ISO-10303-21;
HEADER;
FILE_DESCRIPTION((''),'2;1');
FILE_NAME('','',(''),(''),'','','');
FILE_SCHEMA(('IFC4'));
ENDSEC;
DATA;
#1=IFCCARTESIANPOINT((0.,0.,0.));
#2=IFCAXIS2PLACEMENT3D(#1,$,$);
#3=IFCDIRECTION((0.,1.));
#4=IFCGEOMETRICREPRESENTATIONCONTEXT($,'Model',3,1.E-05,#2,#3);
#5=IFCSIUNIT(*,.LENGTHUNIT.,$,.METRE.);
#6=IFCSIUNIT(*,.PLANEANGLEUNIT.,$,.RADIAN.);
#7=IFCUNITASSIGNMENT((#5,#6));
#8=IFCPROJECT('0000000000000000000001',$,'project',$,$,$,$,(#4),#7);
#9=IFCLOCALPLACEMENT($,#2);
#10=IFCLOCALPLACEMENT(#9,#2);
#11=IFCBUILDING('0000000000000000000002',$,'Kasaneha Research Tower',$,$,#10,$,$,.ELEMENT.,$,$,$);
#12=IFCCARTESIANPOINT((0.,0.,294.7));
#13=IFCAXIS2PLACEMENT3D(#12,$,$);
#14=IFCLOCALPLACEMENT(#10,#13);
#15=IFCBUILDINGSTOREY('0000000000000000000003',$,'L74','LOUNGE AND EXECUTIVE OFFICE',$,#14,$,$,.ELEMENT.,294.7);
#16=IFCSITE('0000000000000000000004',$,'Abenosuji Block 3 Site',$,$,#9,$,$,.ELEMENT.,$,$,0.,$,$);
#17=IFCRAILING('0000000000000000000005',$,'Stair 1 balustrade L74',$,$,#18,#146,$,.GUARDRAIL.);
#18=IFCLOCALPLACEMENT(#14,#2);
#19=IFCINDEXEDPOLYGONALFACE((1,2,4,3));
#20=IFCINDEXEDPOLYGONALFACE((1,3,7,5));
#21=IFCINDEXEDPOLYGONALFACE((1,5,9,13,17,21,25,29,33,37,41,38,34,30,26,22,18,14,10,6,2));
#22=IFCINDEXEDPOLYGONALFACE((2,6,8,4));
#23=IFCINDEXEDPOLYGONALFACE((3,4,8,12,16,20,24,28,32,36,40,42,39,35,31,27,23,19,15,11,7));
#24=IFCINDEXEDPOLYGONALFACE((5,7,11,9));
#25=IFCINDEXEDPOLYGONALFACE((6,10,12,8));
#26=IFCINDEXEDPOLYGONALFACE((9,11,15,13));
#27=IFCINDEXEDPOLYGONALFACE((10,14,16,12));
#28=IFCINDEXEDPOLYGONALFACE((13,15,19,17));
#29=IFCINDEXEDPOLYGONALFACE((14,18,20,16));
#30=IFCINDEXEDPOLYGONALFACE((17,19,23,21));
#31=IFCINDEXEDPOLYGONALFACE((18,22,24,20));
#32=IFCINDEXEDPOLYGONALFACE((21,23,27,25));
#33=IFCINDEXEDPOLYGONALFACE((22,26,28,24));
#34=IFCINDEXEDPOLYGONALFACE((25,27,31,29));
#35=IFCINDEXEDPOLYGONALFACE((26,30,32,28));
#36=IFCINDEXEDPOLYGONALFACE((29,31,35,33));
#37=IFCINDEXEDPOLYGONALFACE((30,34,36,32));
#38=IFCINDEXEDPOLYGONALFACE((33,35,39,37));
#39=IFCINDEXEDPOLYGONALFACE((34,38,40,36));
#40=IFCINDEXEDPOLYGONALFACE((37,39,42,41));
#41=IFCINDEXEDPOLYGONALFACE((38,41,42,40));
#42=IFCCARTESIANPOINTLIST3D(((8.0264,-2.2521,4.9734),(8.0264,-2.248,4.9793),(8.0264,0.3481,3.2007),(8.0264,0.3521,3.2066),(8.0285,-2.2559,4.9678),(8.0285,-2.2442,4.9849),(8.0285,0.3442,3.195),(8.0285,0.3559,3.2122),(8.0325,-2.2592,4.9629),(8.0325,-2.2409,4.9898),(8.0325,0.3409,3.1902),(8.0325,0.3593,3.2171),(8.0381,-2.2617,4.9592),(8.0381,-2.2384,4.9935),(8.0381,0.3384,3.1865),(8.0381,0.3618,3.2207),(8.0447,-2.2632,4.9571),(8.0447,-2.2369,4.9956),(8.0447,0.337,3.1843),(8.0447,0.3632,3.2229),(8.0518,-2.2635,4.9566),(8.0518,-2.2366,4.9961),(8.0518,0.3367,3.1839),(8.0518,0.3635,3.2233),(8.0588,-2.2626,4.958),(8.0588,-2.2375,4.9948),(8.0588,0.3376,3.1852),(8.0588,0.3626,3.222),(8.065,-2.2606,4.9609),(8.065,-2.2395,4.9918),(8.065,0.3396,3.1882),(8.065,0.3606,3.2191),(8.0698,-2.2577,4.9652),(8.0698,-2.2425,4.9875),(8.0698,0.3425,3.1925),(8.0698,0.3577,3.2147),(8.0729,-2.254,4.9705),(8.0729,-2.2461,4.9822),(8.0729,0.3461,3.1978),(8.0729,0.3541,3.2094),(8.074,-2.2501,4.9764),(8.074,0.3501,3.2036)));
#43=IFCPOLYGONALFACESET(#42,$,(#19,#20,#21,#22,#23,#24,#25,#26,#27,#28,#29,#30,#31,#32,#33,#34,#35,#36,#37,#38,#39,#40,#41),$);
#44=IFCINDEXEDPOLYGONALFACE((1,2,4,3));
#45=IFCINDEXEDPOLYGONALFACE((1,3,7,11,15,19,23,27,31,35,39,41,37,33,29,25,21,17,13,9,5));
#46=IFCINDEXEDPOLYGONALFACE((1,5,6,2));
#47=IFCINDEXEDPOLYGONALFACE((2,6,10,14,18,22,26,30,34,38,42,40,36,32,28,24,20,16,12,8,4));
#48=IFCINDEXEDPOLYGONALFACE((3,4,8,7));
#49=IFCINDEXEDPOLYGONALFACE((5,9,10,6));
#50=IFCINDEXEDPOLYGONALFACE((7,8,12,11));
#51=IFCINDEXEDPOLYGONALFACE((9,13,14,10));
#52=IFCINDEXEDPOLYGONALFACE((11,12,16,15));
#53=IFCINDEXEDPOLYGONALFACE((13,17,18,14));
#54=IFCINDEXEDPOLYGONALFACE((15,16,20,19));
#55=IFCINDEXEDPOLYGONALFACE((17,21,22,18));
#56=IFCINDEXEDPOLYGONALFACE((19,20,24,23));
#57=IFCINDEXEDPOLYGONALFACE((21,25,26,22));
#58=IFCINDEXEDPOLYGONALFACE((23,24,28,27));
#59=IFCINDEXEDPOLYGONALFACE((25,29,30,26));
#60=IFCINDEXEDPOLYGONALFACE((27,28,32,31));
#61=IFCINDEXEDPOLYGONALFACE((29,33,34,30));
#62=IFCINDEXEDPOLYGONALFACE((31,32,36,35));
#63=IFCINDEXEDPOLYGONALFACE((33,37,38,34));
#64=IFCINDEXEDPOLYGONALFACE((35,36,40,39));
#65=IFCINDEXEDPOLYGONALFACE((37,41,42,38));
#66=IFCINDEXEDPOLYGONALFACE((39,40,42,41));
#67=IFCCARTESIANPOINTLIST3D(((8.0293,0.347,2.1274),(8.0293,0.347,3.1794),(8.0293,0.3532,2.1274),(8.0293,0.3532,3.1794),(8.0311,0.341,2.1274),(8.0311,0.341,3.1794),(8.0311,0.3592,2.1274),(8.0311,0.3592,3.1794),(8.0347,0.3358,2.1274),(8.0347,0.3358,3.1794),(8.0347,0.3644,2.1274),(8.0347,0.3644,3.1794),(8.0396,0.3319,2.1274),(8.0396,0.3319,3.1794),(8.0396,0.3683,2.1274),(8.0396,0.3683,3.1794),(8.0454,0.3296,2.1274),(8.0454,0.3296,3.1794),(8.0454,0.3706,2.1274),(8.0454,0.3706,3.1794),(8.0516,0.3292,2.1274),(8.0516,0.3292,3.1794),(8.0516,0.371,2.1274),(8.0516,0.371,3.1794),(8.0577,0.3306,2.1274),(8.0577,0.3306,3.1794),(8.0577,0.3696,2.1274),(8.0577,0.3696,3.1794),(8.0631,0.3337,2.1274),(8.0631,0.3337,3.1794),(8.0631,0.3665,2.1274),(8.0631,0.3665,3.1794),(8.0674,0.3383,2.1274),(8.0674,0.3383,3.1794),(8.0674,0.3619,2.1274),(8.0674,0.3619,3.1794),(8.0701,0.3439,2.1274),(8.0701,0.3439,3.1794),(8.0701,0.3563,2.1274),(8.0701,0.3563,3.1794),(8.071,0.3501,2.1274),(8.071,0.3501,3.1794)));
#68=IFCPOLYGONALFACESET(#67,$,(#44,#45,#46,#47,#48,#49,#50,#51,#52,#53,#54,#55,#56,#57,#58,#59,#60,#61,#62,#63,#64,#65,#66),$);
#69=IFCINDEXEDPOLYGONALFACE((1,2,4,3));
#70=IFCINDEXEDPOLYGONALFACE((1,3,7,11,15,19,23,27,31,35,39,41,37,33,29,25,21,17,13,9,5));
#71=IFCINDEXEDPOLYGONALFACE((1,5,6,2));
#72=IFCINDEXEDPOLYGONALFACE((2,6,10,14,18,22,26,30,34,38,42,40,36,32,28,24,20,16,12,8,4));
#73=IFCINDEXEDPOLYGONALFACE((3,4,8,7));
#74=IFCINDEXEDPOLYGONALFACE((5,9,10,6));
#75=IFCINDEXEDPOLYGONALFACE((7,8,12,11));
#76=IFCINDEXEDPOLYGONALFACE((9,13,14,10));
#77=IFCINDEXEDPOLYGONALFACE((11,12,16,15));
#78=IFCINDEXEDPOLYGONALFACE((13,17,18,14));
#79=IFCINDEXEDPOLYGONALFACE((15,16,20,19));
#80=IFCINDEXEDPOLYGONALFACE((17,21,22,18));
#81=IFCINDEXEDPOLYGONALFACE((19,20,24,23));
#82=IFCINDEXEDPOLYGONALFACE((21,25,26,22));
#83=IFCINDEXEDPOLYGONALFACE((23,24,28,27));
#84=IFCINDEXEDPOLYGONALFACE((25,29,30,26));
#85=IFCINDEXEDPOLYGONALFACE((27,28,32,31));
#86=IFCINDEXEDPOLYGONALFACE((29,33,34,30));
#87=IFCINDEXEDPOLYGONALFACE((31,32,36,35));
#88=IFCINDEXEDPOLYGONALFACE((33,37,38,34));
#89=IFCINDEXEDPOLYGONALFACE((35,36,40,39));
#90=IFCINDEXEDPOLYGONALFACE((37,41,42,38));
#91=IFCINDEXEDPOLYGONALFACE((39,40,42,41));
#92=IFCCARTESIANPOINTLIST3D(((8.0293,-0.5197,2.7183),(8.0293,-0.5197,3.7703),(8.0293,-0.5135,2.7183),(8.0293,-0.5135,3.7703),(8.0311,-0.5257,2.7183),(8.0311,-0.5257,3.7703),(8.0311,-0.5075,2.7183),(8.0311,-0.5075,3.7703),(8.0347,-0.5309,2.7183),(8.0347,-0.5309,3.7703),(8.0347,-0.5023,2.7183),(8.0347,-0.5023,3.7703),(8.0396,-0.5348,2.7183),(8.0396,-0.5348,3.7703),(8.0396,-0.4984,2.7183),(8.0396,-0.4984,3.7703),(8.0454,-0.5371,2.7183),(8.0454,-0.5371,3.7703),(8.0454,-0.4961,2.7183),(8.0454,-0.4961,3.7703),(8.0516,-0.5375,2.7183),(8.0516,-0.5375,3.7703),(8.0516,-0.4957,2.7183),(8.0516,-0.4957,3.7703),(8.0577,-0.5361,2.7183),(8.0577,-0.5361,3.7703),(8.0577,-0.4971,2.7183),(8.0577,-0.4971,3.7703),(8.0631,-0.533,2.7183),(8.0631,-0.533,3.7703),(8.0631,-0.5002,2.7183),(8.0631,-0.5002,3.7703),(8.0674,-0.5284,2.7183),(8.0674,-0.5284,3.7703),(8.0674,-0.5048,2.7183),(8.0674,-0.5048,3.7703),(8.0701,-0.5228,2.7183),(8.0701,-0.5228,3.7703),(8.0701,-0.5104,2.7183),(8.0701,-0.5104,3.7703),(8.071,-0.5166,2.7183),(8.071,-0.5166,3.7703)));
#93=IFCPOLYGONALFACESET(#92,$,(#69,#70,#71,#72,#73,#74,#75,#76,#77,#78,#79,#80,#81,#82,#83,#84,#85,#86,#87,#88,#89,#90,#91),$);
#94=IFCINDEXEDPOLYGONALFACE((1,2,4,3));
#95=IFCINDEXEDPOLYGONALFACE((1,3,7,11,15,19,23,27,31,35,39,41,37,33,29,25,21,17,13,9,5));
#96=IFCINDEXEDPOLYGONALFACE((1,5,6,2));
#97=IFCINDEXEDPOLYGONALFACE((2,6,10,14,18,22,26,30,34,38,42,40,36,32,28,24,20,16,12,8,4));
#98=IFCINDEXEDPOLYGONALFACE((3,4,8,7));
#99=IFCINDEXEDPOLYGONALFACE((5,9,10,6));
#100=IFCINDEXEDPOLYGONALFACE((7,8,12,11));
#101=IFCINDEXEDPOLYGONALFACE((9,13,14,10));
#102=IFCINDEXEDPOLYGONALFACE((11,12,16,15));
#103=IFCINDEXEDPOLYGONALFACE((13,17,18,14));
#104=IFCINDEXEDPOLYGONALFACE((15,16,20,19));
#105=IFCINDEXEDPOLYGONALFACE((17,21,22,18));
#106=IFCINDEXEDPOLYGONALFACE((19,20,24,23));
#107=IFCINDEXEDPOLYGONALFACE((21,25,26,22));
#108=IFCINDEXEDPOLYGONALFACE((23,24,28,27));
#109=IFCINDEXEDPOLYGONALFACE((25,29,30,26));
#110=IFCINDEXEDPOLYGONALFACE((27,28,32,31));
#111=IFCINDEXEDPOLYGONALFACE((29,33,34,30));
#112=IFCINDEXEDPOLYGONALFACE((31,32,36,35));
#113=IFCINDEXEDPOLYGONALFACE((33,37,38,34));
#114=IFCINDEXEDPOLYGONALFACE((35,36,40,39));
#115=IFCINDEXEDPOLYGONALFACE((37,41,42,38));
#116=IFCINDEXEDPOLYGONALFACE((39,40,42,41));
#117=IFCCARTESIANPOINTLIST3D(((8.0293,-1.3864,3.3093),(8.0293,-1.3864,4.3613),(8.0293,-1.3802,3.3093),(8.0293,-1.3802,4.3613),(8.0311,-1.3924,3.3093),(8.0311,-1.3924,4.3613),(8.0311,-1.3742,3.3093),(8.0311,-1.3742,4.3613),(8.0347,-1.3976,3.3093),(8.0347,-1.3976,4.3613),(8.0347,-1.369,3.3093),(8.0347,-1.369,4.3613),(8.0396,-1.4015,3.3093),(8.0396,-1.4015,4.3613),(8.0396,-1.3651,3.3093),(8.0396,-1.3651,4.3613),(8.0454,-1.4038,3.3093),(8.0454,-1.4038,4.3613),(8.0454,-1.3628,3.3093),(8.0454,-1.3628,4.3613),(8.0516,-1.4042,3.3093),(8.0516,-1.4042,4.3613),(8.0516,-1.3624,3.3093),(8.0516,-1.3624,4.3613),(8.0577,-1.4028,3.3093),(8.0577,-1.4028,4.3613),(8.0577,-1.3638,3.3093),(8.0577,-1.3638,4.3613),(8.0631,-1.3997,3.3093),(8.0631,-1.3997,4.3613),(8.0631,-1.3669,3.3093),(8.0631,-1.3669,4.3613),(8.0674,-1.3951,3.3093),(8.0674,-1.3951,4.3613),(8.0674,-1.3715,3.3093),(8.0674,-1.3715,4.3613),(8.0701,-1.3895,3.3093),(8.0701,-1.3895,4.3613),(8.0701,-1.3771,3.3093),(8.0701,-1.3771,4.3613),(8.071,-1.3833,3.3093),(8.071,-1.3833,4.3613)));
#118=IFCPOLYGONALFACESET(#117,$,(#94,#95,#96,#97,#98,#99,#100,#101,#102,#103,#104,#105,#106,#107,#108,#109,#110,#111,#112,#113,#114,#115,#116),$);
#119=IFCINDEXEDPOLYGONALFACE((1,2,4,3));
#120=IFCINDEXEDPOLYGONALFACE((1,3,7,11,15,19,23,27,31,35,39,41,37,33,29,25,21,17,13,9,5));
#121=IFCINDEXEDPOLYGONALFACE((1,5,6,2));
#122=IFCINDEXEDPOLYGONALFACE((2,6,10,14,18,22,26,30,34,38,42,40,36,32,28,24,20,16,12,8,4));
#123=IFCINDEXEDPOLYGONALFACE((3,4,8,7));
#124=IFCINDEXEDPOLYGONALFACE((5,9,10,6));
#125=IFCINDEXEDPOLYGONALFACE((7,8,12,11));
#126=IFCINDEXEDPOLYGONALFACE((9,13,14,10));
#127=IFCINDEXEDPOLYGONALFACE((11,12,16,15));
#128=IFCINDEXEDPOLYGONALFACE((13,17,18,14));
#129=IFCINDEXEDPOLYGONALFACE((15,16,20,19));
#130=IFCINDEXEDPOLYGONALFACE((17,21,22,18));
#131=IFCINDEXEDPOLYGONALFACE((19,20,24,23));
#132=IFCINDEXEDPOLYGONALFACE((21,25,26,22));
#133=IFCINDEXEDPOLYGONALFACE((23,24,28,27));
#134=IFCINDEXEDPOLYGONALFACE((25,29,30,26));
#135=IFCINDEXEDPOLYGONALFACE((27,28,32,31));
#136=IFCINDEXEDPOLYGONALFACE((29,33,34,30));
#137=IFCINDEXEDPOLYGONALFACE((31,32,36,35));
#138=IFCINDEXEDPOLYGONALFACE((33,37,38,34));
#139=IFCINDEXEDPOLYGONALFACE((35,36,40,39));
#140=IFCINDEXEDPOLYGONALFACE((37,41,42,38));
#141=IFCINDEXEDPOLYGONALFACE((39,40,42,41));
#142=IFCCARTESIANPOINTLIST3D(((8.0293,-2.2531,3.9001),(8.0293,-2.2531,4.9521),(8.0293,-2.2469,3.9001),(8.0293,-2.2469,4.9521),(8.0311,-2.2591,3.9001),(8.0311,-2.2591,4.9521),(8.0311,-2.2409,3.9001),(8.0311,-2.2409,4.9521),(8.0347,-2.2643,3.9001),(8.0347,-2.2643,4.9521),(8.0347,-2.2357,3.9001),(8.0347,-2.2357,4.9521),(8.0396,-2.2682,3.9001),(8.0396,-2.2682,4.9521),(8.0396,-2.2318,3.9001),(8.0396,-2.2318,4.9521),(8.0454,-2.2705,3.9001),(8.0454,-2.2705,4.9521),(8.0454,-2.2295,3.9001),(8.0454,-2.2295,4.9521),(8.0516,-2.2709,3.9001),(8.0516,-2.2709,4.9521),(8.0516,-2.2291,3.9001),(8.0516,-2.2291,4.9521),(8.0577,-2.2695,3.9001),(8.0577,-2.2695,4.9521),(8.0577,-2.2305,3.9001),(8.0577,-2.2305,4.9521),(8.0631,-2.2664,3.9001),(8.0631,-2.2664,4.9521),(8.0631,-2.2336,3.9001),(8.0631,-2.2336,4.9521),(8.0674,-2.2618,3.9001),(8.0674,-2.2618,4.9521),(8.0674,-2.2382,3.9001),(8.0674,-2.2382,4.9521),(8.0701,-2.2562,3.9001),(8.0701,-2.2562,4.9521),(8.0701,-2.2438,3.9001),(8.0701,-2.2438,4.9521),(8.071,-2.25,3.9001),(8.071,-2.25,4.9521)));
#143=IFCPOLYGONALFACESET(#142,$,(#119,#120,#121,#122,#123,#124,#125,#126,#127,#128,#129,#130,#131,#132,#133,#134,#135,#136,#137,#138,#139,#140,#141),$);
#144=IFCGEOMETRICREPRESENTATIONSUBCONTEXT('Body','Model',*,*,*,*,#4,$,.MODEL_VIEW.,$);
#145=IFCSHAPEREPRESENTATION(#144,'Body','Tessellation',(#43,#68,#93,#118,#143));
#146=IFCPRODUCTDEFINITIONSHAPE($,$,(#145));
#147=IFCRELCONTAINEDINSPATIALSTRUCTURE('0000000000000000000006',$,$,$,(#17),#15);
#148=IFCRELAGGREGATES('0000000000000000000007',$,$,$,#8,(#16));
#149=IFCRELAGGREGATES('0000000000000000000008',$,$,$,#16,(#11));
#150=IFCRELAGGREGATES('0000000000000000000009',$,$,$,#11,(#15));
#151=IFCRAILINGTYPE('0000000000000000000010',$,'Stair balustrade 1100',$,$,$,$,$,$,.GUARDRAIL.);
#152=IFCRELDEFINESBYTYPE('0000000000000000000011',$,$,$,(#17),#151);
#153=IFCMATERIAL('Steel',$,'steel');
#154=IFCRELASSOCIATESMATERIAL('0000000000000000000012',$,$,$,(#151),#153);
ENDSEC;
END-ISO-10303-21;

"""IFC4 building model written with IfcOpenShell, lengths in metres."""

from ifc_helpers import new_model, si_unit, direction, frame, origin, origin_2d, place, context, subcontext, project, spatial, circle, extrude, material, type_object, element, save


model = new_model("IFC4")

# Units and contexts
model_context = context("Model", 3, precision=1e-05, world=origin(), true_north=direction((0.0, 1.0)))
body_context = subcontext(model_context, "Body", "Model", "MODEL_VIEW")
ifc_project = project(units=[si_unit("LENGTHUNIT", "METRE"), si_unit("PLANEANGLEUNIT", "RADIAN")], contexts=[model_context])

# Site, building, storey
site_placement = place(None, origin())
site = spatial("IfcSite", under=ifc_project, at=site_placement, Name="Abenosuji Block 3 Site", CompositionType="ELEMENT", RefElevation=0.0)
building_placement = place(site_placement, origin())
building = spatial("IfcBuilding", under=site, at=building_placement, Name="Kasaneha Research Tower", CompositionType="ELEMENT")
storey_placement = place(building_placement, frame((0.0, 0.0, 294.7)))
storey = spatial("IfcBuildingStorey", under=building, at=storey_placement, Name="L74", Description="LOUNGE AND EXECUTIVE OFFICE", CompositionType="ELEMENT", Elevation=294.7)

# Railing
ifc_material_1 = material(Name="Steel", Category="steel")
railing_type_1 = type_object("IfcRailingType", Name="Stair balustrade 1100", PredefinedType="GUARDRAIL", material=ifc_material_1)
railing_1_placement = place(storey_placement, frame((8.05, 0.3501, 2.1274)))
element("IfcRailing", 1, at=railing_1_placement, inside=storey, type_object=railing_type_1, Name="Stair 1 balustrade L74", PredefinedType="GUARDRAIL", context=body_context, shape_type="SweptSolid", body=[
    extrude(circle(Radius=0.0239, at=origin_2d()), frame((0.0, 0.0, 1.0762), z_axis=(0.0, -0.82624, 0.563318), x_axis=(1.0, 0.0, 0.0)), (0.0, 0.0, 1.0), 3.147),
    extrude(circle(Radius=0.021, at=origin_2d()), origin(), (0.0, 0.0, 1.0), 1.052),
    extrude(circle(Radius=0.021, at=origin_2d()), frame((0.0, -0.8667, 0.5908)), (0.0, 0.0, 1.0), 1.052),
    extrude(circle(Radius=0.021, at=origin_2d()), frame((0.0, -1.7334, 1.1819)), (0.0, 0.0, 1.0), 1.052),
    extrude(circle(Radius=0.021, at=origin_2d()), frame((0.0, -2.6001, 1.7727)), (0.0, 0.0, 1.0), 1.052),
])

save(model, "model.ifc")
